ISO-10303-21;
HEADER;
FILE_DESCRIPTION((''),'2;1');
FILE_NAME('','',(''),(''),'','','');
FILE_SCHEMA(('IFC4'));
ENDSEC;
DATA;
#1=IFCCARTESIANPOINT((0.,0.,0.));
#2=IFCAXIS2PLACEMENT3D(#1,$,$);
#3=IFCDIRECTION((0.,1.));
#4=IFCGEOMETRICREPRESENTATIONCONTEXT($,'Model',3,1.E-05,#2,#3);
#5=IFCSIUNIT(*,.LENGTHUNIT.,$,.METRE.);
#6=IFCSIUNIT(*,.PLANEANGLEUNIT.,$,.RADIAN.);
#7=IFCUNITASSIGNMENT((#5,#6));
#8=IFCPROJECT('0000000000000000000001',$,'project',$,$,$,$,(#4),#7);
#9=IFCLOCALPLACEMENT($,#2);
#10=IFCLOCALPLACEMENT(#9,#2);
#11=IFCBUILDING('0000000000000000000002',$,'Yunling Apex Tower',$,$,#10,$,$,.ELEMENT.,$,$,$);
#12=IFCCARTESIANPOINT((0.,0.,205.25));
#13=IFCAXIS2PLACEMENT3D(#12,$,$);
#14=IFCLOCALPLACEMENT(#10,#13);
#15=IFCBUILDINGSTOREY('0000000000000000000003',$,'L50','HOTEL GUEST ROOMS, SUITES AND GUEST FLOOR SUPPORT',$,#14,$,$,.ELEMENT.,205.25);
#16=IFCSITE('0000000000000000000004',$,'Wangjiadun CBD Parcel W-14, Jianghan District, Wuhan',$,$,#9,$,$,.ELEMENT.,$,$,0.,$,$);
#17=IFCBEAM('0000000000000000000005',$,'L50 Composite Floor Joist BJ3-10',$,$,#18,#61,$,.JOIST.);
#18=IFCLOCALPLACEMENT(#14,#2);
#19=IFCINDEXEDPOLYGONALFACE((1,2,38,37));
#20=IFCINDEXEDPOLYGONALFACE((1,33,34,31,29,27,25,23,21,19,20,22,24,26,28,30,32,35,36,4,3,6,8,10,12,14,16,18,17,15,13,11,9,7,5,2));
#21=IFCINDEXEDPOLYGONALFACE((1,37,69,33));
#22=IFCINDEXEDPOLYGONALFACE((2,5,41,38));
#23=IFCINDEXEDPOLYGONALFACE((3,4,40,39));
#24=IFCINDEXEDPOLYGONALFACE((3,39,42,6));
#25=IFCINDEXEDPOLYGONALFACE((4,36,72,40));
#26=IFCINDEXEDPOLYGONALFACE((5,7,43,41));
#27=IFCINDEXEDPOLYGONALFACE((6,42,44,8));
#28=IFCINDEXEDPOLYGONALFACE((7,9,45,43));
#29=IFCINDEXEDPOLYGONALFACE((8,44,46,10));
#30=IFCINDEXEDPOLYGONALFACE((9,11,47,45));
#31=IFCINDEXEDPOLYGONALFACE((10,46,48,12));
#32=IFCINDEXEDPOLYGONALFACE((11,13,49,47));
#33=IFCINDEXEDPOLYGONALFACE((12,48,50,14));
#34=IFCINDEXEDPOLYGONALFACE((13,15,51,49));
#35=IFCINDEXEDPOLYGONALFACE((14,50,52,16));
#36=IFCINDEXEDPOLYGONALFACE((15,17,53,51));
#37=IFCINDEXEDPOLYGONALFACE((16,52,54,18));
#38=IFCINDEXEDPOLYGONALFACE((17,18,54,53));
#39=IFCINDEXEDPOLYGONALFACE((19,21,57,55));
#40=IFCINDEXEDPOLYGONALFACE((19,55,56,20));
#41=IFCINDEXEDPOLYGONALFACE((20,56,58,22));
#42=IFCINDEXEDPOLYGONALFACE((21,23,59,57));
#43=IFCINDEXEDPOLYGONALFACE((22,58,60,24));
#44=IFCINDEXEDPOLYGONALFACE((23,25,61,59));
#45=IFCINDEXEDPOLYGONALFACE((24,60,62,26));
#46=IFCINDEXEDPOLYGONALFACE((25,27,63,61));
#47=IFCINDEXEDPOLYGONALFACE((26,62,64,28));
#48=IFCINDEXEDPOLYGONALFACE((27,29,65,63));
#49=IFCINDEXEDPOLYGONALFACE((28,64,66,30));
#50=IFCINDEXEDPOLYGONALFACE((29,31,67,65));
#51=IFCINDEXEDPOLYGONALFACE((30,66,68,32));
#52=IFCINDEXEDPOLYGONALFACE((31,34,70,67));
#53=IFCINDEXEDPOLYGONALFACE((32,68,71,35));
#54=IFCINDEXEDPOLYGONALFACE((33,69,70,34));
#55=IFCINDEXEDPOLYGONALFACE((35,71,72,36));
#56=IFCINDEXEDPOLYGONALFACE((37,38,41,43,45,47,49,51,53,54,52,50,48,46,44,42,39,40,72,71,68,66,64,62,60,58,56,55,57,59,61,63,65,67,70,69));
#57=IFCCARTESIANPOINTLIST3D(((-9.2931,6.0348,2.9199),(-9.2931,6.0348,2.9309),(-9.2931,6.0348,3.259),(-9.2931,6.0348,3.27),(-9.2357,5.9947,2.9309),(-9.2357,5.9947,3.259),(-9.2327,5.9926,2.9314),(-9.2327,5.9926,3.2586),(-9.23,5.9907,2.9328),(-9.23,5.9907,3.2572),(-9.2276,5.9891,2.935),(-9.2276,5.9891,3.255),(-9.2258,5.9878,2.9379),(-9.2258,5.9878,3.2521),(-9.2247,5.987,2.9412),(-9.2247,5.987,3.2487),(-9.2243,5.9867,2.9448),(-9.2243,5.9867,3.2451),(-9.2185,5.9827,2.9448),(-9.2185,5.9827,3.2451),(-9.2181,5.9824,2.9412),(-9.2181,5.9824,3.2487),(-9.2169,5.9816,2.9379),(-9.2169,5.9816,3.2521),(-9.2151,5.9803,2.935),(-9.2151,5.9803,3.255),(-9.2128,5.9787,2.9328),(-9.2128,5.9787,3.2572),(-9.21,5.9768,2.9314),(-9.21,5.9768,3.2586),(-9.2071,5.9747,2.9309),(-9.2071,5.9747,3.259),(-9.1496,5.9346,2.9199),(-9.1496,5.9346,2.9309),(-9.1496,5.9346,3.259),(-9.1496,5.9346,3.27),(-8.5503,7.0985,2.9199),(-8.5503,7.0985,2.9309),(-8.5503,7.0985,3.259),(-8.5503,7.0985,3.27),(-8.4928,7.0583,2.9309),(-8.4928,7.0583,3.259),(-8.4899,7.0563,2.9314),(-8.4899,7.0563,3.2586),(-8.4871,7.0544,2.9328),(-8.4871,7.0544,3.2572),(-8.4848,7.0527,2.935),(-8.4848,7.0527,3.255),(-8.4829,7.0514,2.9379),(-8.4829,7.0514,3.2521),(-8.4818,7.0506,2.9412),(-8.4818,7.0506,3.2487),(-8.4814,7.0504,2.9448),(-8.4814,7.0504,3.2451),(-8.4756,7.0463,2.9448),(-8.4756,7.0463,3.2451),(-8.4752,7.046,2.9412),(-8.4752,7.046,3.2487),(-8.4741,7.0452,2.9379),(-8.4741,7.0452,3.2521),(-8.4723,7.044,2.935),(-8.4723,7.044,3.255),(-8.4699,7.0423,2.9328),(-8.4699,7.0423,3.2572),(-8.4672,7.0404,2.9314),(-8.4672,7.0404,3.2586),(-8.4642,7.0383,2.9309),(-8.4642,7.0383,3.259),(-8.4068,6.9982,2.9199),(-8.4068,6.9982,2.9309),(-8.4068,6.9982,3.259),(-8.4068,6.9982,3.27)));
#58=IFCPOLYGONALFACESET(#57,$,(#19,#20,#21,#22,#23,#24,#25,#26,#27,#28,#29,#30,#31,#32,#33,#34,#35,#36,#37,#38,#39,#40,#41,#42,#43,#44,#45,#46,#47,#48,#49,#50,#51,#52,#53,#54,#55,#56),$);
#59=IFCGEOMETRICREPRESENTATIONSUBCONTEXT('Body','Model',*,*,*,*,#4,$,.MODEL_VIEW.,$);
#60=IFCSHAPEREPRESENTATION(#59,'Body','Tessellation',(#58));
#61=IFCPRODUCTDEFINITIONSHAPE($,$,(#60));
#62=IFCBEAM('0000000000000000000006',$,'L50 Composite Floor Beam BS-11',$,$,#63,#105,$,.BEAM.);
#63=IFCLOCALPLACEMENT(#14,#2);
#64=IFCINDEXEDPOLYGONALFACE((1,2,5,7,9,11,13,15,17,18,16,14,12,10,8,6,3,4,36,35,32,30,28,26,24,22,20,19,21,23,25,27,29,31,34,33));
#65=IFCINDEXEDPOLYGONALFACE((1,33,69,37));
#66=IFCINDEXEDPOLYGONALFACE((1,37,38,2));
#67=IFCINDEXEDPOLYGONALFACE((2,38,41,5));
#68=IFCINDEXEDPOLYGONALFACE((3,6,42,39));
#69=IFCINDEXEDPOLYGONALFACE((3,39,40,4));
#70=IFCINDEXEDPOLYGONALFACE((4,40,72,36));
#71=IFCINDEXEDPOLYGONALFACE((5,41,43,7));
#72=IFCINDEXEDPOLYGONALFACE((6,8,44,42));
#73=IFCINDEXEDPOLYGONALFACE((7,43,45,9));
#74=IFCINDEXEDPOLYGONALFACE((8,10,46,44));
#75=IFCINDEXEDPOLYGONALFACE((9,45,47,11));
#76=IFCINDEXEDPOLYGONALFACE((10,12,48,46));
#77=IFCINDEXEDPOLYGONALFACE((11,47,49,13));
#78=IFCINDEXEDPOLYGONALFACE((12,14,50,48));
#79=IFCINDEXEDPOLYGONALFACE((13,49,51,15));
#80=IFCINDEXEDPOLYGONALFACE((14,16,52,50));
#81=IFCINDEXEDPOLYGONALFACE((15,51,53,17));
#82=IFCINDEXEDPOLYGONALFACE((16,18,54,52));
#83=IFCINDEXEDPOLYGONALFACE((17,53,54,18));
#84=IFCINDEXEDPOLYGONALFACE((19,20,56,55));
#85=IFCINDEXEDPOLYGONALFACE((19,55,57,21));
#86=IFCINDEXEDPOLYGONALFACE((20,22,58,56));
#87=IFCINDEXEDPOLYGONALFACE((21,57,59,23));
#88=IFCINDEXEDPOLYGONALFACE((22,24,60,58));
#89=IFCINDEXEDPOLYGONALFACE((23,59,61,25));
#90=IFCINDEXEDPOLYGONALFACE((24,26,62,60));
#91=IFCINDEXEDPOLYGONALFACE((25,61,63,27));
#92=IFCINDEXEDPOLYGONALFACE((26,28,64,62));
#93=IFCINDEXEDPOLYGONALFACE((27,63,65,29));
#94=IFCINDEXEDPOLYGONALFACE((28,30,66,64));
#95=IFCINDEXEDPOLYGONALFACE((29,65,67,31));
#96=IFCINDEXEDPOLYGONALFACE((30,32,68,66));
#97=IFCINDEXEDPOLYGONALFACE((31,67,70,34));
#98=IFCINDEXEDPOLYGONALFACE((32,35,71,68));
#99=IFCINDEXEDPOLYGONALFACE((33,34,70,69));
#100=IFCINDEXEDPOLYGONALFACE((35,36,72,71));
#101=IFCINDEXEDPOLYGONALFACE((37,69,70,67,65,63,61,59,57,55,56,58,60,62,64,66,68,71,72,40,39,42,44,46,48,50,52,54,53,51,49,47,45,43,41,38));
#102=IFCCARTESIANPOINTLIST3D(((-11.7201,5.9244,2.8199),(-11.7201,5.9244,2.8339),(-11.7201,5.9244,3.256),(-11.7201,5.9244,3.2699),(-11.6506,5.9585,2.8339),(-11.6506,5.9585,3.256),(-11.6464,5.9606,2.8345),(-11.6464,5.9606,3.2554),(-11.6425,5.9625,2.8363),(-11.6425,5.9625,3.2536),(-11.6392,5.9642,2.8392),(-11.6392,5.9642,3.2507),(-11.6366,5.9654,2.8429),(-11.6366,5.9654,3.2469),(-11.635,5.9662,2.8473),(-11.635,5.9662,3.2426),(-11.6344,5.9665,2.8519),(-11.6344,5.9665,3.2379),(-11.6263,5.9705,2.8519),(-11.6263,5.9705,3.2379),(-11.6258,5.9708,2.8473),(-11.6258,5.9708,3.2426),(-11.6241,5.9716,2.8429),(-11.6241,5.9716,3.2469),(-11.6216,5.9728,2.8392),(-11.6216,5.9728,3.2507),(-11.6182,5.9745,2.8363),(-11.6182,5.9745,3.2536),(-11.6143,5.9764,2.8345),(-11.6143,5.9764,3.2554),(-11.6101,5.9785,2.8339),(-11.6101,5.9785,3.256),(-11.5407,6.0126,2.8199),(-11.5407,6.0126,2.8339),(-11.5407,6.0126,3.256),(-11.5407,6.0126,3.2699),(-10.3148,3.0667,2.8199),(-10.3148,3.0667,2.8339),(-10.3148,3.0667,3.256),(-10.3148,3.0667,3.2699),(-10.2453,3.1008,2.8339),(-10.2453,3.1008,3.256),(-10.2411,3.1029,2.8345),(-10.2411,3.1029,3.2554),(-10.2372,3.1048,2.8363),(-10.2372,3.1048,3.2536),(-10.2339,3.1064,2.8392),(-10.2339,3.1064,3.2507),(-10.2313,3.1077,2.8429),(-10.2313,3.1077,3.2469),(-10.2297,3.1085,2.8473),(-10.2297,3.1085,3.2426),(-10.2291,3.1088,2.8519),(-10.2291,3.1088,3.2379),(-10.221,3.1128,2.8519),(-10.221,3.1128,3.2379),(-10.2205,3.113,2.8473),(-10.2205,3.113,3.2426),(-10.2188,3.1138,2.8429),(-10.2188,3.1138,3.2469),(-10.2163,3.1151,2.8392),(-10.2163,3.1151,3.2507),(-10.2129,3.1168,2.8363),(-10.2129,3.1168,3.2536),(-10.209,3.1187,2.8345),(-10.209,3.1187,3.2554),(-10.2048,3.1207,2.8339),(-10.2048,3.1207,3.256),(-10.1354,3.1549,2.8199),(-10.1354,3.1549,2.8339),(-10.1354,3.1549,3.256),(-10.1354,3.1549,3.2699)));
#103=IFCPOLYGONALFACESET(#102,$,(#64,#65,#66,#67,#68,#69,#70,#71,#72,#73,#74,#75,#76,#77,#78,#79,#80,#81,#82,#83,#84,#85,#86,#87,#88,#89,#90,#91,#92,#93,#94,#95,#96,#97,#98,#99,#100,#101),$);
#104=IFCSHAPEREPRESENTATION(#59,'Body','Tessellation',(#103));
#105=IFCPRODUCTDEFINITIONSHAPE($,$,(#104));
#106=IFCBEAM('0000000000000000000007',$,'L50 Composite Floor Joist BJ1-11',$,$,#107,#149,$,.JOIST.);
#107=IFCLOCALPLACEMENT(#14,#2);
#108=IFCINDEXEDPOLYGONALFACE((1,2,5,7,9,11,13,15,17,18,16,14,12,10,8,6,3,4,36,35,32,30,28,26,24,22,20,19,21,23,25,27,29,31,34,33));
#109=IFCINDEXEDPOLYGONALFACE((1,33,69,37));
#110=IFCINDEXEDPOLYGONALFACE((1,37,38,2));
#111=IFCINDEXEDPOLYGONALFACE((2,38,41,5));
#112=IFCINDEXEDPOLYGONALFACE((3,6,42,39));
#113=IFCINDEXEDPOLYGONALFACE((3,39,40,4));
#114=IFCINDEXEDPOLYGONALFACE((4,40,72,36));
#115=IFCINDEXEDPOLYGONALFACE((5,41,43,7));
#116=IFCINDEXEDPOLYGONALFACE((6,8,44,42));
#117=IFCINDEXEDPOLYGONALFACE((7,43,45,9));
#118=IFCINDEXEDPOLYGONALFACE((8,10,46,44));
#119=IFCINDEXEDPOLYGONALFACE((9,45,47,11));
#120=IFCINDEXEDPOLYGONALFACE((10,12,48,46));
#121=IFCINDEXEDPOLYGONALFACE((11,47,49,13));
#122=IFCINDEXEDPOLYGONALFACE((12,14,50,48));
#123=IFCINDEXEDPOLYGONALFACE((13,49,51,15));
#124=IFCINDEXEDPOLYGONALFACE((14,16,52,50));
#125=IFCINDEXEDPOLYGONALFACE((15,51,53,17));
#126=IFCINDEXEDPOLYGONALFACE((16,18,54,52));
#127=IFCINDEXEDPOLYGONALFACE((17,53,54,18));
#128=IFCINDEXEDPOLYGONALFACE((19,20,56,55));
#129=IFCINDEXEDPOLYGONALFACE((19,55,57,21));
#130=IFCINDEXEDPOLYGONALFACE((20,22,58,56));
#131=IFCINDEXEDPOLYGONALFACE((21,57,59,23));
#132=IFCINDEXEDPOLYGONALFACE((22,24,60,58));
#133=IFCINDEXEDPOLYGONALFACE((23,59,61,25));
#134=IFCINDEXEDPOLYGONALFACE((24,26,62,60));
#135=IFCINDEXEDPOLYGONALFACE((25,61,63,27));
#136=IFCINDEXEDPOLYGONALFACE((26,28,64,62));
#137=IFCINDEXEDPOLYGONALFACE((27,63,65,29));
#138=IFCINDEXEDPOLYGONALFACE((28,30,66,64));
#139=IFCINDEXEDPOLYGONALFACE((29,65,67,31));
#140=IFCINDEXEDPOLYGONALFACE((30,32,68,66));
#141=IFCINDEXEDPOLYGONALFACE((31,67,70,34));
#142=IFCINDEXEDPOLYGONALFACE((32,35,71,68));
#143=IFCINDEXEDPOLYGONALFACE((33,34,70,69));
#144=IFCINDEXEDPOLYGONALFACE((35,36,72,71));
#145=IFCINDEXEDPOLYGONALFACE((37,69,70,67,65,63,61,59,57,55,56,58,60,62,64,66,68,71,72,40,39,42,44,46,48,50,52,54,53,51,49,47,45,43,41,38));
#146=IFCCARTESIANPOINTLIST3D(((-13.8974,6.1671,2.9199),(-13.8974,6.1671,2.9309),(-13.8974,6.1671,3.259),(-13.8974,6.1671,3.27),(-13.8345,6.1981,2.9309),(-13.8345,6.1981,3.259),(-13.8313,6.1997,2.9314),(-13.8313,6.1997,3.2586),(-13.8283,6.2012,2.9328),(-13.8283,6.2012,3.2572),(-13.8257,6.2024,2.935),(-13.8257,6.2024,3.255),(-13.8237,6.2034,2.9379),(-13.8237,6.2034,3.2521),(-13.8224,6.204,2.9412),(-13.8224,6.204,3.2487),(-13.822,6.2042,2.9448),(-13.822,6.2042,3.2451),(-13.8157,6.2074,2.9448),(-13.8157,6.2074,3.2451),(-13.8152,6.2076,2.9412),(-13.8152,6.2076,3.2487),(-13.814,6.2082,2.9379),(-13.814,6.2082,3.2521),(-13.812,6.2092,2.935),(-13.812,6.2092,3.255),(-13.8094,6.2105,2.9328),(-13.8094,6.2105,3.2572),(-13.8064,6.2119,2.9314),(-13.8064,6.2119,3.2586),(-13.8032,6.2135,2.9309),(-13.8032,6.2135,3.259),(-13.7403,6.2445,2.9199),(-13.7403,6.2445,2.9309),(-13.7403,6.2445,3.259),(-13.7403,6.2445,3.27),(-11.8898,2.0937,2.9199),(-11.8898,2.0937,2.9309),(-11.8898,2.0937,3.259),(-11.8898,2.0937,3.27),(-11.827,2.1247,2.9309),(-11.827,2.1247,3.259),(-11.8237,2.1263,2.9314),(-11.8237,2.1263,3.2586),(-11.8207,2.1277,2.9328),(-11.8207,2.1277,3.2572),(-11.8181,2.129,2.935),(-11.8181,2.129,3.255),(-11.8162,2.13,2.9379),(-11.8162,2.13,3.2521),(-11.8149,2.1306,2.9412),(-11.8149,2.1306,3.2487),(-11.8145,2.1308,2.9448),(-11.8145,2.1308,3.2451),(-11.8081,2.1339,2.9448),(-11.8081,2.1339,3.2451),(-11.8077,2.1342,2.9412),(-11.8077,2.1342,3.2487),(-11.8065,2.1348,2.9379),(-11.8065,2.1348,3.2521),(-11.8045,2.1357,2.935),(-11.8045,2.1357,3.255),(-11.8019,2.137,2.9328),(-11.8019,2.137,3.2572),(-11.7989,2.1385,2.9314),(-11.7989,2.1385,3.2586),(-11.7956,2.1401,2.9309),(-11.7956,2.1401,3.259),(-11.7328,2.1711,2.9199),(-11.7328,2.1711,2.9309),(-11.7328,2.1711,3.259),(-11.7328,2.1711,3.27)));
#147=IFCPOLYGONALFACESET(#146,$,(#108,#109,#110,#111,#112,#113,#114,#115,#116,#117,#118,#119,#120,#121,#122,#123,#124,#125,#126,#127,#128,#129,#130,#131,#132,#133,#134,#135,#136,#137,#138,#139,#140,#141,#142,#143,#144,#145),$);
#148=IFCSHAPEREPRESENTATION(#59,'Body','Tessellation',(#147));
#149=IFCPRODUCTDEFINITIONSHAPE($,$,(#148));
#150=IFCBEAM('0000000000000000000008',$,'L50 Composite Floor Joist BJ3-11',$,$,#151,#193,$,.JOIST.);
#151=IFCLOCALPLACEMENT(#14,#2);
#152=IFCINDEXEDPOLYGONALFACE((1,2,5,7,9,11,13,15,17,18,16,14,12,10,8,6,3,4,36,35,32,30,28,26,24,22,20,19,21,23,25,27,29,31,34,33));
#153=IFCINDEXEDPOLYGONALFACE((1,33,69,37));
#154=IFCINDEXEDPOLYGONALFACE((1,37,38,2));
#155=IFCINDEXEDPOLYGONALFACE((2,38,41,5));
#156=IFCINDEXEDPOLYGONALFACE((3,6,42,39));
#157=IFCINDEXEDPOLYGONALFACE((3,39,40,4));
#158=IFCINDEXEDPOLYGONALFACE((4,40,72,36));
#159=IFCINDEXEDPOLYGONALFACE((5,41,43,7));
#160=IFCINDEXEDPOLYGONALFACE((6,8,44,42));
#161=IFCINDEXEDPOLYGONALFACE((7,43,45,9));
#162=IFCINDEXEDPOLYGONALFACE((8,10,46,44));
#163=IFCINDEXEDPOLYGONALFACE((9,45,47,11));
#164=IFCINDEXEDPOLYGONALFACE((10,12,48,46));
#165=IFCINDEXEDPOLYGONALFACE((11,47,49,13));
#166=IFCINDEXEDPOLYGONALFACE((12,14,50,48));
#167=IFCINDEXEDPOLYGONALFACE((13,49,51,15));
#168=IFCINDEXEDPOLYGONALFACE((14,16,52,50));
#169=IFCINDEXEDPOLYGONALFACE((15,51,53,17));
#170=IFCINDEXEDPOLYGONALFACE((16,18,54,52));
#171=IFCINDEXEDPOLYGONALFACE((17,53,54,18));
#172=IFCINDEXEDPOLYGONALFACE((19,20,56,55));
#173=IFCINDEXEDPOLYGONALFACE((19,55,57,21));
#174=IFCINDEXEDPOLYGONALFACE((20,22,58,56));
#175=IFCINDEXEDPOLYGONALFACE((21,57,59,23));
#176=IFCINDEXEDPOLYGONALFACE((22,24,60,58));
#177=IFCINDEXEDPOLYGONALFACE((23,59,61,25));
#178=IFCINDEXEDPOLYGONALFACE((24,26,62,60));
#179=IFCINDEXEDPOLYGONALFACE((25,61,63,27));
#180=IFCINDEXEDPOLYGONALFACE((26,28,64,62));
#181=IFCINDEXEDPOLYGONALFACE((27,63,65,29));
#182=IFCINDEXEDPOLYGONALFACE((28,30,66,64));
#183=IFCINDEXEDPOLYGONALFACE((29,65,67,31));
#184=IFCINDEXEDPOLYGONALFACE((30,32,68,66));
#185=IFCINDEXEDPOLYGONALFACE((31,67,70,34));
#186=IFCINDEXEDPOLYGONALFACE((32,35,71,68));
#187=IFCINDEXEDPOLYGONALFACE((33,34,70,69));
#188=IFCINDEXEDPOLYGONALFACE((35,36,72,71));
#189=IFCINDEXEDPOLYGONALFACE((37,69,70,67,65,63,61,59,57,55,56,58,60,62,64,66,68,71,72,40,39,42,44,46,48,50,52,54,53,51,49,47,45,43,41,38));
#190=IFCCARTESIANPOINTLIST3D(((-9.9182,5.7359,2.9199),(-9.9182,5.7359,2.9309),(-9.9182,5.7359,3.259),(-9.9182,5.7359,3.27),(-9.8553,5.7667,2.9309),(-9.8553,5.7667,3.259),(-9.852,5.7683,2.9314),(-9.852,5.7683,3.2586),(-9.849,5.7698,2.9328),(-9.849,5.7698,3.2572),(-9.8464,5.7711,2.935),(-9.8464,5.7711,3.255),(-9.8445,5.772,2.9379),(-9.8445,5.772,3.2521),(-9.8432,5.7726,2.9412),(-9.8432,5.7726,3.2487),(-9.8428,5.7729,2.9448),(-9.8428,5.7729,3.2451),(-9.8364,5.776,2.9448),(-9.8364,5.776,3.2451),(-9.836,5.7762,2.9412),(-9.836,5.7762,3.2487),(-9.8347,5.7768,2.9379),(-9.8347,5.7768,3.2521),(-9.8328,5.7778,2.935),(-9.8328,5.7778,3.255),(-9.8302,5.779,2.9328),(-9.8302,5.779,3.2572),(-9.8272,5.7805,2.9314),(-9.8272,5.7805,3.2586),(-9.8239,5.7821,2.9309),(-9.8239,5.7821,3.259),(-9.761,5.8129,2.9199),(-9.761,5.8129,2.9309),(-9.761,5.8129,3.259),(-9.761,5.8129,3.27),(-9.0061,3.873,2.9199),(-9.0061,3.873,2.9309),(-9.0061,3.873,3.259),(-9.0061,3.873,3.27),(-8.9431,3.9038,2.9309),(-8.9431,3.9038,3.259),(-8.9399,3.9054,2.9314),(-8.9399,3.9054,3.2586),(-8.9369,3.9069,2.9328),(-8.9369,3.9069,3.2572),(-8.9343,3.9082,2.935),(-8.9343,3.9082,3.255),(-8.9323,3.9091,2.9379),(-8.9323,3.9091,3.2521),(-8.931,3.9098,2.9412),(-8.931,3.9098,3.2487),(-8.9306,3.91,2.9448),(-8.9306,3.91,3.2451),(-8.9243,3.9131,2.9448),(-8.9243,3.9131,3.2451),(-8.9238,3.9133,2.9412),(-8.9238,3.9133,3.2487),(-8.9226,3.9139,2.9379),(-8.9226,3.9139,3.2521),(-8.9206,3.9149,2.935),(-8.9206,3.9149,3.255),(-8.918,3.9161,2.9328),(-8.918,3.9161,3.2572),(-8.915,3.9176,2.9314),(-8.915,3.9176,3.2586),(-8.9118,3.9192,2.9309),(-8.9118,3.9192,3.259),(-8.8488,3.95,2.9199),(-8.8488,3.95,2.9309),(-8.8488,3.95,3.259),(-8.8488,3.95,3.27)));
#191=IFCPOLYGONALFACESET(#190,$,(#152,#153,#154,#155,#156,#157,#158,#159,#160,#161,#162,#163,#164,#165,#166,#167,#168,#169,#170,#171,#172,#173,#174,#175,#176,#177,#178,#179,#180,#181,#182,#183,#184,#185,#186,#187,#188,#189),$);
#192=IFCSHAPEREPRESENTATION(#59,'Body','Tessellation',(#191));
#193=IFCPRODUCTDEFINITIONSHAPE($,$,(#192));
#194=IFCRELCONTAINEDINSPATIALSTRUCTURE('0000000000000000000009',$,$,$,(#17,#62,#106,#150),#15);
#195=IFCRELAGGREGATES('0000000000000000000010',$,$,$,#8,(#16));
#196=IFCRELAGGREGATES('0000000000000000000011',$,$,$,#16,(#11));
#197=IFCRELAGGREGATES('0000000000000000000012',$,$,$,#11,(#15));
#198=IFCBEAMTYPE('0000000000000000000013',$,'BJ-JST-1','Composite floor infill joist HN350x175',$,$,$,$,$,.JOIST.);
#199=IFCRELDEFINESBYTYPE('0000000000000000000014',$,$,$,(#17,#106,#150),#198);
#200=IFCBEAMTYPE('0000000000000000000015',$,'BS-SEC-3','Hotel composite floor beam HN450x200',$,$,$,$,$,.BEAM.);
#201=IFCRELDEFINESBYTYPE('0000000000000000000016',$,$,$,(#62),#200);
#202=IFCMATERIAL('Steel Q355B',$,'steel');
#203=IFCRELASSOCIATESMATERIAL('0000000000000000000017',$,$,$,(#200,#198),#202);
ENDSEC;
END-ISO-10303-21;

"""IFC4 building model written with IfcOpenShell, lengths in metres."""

from ifc_helpers import new_model, si_unit, direction, frame, origin, origin_2d, place, context, subcontext, project, spatial, i_section, extrude, source, transform, mapped, material, material_profile, profile_set, type_object, element, save


model = new_model("IFC4")

# Units and contexts
model_context = context("Model", 3, precision=1e-05, world=origin(), true_north=direction((0.0, 1.0)))
body_context = subcontext(model_context, "Body", "Model", "MODEL_VIEW")
ifc_project = project(units=[si_unit("LENGTHUNIT", "METRE"), si_unit("PLANEANGLEUNIT", "RADIAN")], contexts=[model_context])

# Site, building, storey
site_placement = place(None, origin())
site = spatial("IfcSite", under=ifc_project, at=site_placement, Name="Wangjiadun CBD Parcel W-14, Jianghan District, Wuhan", CompositionType="ELEMENT", RefElevation=0.0)
building_placement = place(site_placement, origin())
building = spatial("IfcBuilding", under=site, at=building_placement, Name="Yunling Apex Tower", CompositionType="ELEMENT")
storey_placement = place(building_placement, frame((0.0, 0.0, 205.25)))
storey = spatial("IfcBuildingStorey", under=building, at=storey_placement, Name="L50", Description="HOTEL GUEST ROOMS, SUITES AND GUEST FLOOR SUPPORT", CompositionType="ELEMENT", Elevation=205.25)

# Beams
ifc_material_1 = material(Name="Steel Q355B", Category="steel")
ifc_material_profile_1 = material_profile(ifc_material_1, i_section(OverallWidth=0.2, OverallDepth=0.45, WebThickness=0.009, FlangeThickness=0.0139, FilletRadius=0.0181, at=origin_2d()))
ifc_profile_set_1 = profile_set([ifc_material_profile_1], Name="Steel Q355B")
beam_type_1 = type_object("IfcBeamType", Name="BS-SEC-3", Description="Hotel composite floor beam HN450x200", PredefinedType="BEAM", material=ifc_profile_set_1)
ifc_material_profile_2 = material_profile(ifc_material_1, i_section(OverallWidth=0.175, OverallDepth=0.3501, WebThickness=0.0071, FlangeThickness=0.011, FilletRadius=0.0139, at=origin_2d()))
ifc_profile_set_2 = profile_set([ifc_material_profile_2], Name="Steel Q355B")
beam_type_2 = type_object("IfcBeamType", Name="BJ-JST-1", Description="Composite floor infill joist HN350x175", PredefinedType="JOIST", material=ifc_profile_set_2)
shared_shape_1 = source(origin(), body_context, "Body", "SweptSolid", [
    extrude(i_section(OverallWidth=0.175, OverallDepth=0.3501, WebThickness=0.0071, FlangeThickness=0.011, FilletRadius=0.0139, at=origin_2d()), origin(), (0.0, 0.0, 1.0), 1.2974),
])
beam_1_placement = place(storey_placement, frame((-8.4785, 7.0483, 3.095), z_axis=(-0.572591, -0.819841, 0.0), x_axis=(0.819841, -0.572591, 0.0)))
element("IfcBeam", 1, at=beam_1_placement, inside=storey, type_object=beam_type_2, Name="L50 Composite Floor Joist BJ3-10", PredefinedType="JOIST", context=body_context, shape_type="MappedRepresentation", body=[
    mapped(shared_shape_1, transform((0.0, 0.0, 0.0), scale=1.0)),
])
shared_shape_2 = source(origin(), body_context, "Body", "SweptSolid", [
    extrude(i_section(OverallWidth=0.2, OverallDepth=0.45, WebThickness=0.009, FlangeThickness=0.0139, FilletRadius=0.0181, at=origin_2d()), origin(), (0.0, 0.0, 1.0), 3.1846),
])
beam_2_placement = place(storey_placement, frame((-11.6304, 5.9685, 3.0449), z_axis=(0.441285, -0.897367, 0.0), x_axis=(0.897367, 0.441285, 0.0)))
element("IfcBeam", 2, at=beam_2_placement, inside=storey, type_object=beam_type_1, Name="L50 Composite Floor Beam BS-11", PredefinedType="BEAM", context=body_context, shape_type="MappedRepresentation", body=[
    mapped(shared_shape_2, transform((0.0, 0.0, 0.0), scale=1.0)),
])
shared_shape_3 = source(origin(), body_context, "Body", "SweptSolid", [
    extrude(i_section(OverallWidth=0.175, OverallDepth=0.3501, WebThickness=0.0071, FlangeThickness=0.011, FilletRadius=0.0139, at=origin_2d()), origin(), (0.0, 0.0, 1.0), 4.5413),
])
beam_3_placement = place(storey_placement, frame((-13.8188, 6.2058, 3.095), z_axis=(0.442067, -0.896982, 0.0), x_axis=(0.896982, 0.442067, 0.0)))
element("IfcBeam", 3, at=beam_3_placement, inside=storey, type_object=beam_type_2, Name="L50 Composite Floor Joist BJ1-11", PredefinedType="JOIST", context=body_context, shape_type="MappedRepresentation", body=[
    mapped(shared_shape_3, transform((0.0, 0.0, 0.0), scale=1.0)),
])
shared_shape_4 = source(origin(), body_context, "Body", "SweptSolid", [
    extrude(i_section(OverallWidth=0.175, OverallDepth=0.3501, WebThickness=0.0071, FlangeThickness=0.011, FilletRadius=0.0139, at=origin_2d()), origin(), (0.0, 0.0, 1.0), 2.0742),
])
beam_4_placement = place(storey_placement, frame((-9.8396, 5.7744, 3.095), z_axis=(0.439759, -0.898116, 0.0), x_axis=(0.898116, 0.439759, 0.0)))
element("IfcBeam", 4, at=beam_4_placement, inside=storey, type_object=beam_type_2, Name="L50 Composite Floor Joist BJ3-11", PredefinedType="JOIST", context=body_context, shape_type="MappedRepresentation", body=[
    mapped(shared_shape_4, transform((0.0, 0.0, 0.0), scale=1.0)),
])

save(model, "model.ifc")
